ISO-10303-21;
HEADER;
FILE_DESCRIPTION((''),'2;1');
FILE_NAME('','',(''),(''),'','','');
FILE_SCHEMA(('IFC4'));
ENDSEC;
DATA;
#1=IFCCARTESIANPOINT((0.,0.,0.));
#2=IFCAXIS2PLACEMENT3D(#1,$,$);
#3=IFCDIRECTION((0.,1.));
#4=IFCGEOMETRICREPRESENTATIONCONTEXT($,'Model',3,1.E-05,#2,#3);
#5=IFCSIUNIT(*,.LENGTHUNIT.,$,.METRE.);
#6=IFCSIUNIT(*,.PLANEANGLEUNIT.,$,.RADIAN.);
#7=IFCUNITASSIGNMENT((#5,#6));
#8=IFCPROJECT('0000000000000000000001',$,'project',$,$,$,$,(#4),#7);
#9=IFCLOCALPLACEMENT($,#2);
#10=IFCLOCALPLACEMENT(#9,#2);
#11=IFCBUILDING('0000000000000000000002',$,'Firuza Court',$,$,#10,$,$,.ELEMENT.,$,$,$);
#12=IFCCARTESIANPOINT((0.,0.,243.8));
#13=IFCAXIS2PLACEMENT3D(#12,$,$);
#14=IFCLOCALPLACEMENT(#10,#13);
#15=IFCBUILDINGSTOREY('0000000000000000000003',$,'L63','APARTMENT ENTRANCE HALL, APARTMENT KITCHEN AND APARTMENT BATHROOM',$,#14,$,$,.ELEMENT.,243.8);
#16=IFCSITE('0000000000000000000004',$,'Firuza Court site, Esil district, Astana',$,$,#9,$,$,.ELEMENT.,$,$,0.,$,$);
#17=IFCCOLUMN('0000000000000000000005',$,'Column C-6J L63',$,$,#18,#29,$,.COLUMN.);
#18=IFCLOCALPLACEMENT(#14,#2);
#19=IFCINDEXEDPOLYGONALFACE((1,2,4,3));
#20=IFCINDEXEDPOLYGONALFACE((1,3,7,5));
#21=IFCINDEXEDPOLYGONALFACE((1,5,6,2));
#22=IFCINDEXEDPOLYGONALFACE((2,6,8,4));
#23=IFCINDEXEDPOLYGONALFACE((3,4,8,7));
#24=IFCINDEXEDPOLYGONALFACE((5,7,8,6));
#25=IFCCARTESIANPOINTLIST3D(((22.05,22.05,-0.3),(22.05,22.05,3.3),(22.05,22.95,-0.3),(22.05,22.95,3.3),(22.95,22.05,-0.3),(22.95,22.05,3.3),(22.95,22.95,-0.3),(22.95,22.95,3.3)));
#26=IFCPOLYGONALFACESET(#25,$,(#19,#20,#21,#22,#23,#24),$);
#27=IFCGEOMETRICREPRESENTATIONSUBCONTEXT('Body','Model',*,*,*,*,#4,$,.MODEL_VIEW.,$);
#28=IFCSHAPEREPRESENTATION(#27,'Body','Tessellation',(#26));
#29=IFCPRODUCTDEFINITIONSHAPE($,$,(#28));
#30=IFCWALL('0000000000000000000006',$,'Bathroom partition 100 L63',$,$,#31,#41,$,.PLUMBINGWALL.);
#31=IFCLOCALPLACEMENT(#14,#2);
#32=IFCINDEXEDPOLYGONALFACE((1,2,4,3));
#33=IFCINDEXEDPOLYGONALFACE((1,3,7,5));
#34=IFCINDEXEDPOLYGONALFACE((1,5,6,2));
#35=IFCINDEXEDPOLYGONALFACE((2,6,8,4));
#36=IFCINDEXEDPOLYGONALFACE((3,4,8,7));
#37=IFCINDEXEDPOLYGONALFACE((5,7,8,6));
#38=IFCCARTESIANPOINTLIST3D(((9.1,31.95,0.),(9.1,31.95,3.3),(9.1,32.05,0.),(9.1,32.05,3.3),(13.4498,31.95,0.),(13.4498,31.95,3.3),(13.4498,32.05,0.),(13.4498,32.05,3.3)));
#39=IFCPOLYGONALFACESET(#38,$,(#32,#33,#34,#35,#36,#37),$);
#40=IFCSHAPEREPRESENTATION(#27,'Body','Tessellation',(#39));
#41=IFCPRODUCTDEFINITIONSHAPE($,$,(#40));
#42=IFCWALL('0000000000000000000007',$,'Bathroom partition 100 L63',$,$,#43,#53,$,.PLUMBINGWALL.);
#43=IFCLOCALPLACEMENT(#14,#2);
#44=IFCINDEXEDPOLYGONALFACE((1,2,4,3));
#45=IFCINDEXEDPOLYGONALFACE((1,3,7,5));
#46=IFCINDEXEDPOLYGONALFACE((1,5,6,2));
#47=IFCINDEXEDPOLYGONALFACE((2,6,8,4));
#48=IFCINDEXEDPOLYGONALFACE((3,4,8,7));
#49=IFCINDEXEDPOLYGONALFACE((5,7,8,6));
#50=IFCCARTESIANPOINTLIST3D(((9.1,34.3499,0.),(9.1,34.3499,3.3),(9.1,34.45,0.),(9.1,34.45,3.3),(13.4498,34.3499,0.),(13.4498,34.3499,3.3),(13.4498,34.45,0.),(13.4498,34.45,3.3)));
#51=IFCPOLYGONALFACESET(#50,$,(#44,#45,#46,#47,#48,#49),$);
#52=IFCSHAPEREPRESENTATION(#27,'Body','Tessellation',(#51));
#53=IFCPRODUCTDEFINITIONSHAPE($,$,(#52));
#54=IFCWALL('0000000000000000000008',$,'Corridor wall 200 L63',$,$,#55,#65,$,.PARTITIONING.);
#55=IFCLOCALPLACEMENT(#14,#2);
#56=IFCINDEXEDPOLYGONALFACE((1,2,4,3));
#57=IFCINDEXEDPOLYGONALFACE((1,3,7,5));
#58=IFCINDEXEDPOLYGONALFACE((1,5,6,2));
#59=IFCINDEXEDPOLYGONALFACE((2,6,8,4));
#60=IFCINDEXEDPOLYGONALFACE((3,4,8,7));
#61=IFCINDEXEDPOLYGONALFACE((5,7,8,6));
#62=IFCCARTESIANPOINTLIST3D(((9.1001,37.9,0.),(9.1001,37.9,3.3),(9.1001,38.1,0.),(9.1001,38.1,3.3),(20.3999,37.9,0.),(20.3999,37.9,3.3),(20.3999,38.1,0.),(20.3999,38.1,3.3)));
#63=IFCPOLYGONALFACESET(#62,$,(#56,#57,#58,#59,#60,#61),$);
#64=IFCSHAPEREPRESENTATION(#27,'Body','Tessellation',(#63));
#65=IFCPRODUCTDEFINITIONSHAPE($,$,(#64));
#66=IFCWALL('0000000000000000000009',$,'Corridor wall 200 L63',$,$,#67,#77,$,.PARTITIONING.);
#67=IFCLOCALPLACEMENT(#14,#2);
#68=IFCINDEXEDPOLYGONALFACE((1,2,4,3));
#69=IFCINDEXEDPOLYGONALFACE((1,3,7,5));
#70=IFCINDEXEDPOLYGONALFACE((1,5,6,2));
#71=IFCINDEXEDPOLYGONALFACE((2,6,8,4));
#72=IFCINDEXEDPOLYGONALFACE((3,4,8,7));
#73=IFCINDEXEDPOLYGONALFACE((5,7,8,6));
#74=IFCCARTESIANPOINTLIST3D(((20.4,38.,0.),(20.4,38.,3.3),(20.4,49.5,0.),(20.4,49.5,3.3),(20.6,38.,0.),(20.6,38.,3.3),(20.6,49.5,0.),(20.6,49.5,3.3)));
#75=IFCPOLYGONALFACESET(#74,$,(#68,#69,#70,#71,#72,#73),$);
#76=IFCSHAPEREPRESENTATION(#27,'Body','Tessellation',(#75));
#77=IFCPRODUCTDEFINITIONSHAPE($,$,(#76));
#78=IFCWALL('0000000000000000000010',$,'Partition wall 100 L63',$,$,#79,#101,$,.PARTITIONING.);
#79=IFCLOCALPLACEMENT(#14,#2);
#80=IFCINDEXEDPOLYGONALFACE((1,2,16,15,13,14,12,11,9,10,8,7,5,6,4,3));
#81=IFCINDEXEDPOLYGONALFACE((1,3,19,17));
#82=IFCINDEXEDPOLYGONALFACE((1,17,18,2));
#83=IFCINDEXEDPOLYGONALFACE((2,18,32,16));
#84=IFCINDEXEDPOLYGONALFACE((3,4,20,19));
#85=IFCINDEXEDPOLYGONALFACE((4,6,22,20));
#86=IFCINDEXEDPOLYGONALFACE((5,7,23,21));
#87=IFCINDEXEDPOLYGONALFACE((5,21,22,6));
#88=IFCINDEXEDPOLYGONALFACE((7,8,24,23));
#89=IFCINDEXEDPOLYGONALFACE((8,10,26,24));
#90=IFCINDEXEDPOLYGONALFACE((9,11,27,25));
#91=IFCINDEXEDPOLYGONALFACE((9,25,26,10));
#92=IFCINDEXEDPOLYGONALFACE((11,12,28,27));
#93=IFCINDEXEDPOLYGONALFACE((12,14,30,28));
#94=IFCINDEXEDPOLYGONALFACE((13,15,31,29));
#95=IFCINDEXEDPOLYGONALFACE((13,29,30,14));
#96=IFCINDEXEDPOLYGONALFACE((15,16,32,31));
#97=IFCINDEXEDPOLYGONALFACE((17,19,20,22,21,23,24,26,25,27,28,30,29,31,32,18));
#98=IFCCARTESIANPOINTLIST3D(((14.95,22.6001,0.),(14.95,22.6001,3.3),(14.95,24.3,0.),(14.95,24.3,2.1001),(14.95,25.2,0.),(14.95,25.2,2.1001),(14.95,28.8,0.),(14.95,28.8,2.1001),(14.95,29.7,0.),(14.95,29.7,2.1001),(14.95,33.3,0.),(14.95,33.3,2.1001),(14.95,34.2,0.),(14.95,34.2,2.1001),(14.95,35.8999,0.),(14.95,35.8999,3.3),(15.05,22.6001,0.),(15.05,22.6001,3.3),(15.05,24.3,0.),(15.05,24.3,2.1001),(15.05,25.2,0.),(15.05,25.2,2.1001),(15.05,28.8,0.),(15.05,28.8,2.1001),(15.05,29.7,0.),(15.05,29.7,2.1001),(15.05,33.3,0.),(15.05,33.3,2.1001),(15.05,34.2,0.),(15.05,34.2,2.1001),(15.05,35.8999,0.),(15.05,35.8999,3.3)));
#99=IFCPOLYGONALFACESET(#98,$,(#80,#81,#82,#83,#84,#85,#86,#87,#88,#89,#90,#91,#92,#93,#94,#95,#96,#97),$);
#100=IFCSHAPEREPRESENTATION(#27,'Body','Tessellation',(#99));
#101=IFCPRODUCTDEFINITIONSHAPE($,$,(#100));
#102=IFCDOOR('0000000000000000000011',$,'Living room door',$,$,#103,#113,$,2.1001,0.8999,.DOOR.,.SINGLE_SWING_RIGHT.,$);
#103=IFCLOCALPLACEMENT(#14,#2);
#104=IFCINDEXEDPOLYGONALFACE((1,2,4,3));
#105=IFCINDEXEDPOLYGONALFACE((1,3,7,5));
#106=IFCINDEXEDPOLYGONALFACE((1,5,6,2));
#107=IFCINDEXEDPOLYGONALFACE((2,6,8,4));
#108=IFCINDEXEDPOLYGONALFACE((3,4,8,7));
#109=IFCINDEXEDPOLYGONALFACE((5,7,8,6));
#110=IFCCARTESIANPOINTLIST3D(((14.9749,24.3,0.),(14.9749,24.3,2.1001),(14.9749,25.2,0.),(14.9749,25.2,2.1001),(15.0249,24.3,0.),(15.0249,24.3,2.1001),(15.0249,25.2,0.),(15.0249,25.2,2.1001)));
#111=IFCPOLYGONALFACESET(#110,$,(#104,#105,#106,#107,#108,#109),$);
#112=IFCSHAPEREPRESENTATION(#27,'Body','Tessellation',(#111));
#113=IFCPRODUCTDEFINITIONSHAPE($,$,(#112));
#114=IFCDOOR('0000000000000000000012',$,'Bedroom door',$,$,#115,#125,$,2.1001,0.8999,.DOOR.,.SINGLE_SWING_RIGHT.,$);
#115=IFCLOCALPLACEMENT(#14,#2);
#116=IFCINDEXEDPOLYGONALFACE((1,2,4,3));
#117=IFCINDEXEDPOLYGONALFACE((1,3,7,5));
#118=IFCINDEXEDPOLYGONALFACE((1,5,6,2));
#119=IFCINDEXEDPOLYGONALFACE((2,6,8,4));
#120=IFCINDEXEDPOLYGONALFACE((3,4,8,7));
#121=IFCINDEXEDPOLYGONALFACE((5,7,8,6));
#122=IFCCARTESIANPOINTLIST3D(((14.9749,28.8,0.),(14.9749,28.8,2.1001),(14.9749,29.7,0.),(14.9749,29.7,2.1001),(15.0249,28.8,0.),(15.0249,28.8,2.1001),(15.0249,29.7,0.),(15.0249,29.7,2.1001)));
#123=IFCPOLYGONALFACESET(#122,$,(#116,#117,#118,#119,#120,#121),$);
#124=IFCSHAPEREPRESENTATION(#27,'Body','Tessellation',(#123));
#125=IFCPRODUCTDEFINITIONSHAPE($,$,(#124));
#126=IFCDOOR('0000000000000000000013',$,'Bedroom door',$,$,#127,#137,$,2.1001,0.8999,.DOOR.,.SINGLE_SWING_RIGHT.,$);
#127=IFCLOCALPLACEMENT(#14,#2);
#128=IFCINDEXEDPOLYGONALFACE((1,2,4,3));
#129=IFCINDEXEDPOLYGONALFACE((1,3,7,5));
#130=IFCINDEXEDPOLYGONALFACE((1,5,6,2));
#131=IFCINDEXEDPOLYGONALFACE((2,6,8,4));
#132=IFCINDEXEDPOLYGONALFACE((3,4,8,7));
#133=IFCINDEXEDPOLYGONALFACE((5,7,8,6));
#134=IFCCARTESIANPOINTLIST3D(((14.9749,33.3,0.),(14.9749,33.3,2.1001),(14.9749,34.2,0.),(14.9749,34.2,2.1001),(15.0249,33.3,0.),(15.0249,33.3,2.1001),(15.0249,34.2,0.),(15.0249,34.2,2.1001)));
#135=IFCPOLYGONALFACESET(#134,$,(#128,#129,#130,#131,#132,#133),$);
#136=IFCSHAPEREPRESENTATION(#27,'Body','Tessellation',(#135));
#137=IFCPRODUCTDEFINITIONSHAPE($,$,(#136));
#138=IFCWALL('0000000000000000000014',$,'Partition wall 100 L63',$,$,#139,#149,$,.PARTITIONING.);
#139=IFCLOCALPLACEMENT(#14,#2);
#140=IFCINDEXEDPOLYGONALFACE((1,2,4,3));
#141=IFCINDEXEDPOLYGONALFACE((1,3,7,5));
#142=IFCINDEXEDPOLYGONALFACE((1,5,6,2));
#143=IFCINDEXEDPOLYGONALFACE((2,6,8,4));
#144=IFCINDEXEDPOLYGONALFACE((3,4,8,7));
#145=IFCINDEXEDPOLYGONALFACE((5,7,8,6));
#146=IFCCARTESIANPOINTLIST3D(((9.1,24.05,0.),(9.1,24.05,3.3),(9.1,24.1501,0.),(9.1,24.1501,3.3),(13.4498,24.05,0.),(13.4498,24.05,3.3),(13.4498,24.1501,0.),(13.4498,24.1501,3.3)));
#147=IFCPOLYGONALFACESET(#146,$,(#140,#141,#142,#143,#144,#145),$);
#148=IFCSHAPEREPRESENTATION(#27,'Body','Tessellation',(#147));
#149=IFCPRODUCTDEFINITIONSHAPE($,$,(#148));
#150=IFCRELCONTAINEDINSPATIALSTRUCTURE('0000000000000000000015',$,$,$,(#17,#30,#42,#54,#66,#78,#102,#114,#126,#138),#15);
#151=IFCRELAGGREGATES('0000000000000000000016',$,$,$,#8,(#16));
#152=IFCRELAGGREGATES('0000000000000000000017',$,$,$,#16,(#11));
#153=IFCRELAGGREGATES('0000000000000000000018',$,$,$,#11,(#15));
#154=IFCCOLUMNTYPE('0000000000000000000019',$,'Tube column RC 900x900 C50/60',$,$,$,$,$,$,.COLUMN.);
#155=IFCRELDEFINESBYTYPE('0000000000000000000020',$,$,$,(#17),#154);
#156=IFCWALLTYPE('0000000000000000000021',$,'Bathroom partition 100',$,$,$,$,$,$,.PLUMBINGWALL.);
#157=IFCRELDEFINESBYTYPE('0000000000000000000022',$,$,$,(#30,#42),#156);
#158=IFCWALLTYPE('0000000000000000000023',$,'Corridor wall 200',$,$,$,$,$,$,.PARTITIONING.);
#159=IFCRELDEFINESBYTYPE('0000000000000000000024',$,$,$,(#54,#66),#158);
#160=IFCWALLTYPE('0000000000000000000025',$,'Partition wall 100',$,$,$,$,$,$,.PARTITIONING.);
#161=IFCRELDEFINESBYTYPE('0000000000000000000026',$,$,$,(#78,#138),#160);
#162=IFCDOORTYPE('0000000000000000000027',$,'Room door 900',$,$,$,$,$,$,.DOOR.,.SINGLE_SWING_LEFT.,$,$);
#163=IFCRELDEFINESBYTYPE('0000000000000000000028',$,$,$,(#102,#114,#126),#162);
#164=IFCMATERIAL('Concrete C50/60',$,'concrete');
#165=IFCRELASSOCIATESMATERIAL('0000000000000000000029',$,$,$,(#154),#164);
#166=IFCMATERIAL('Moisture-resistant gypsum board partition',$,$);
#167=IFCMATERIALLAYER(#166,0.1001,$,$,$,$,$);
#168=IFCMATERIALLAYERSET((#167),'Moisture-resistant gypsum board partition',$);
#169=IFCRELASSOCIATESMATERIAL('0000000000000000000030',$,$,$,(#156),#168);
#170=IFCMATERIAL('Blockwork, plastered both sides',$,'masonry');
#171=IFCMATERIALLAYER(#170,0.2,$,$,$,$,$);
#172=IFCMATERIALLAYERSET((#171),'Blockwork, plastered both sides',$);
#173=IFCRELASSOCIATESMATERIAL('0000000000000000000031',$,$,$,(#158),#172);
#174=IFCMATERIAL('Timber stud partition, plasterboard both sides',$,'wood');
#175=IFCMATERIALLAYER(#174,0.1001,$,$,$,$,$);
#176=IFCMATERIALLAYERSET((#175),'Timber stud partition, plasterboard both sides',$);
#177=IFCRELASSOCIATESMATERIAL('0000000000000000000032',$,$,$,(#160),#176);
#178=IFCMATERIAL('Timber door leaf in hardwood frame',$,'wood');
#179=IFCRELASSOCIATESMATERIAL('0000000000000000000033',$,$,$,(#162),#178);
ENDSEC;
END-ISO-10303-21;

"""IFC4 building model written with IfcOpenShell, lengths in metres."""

from ifc_helpers import new_model, si_unit, direction, frame, frame_2d, origin, origin_2d, place, context, subcontext, project, spatial, rectangle, extrude, material, layer, layer_set, material_profile, profile_set, type_object, element, fill, save


model = new_model("IFC4")

# Units and contexts
model_context = context("Model", 3, precision=1e-05, world=origin(), true_north=direction((0.0, 1.0)))
body_context = subcontext(model_context, "Body", "Model", "MODEL_VIEW")
ifc_project = project(units=[si_unit("LENGTHUNIT", "METRE"), si_unit("PLANEANGLEUNIT", "RADIAN")], contexts=[model_context])

# Site, building, storey
site_placement = place(None, origin())
site = spatial("IfcSite", under=ifc_project, at=site_placement, Name="Firuza Court site, Esil district, Astana", CompositionType="ELEMENT", RefElevation=0.0)
building_placement = place(site_placement, origin())
building = spatial("IfcBuilding", under=site, at=building_placement, Name="Firuza Court", CompositionType="ELEMENT")
storey_placement = place(building_placement, frame((0.0, 0.0, 243.8)))
storey = spatial("IfcBuildingStorey", under=building, at=storey_placement, Name="L63", Description="APARTMENT ENTRANCE HALL, APARTMENT KITCHEN AND APARTMENT BATHROOM", CompositionType="ELEMENT", Elevation=243.8)

# Column
ifc_material_1 = material(Name="Concrete C50/60", Category="concrete")
ifc_material_profile = material_profile(ifc_material_1, rectangle(XDim=0.8999, YDim=0.8999, at=origin_2d()), Name="RC 900x900")
ifc_profile_set = profile_set([ifc_material_profile], Name="Concrete C50/60")
column_type = type_object("IfcColumnType", Name="Tube column RC 900x900 C50/60", PredefinedType="COLUMN", material=ifc_profile_set)
column_placement = place(storey_placement, frame((22.5, 22.5, -0.3), z_axis=(0.0, 0.0, 1.0), x_axis=(1.0, 0.0, 0.0)))
element("IfcColumn", 1, at=column_placement, inside=storey, type_object=column_type, Name="Column C-6J L63", PredefinedType="COLUMN", context=body_context, shape_type="SweptSolid", body=[
    extrude(rectangle(XDim=0.8999, YDim=0.8999, at=origin_2d()), origin(), (0.0, 0.0, 1.0), 3.6001),
])

# Walls
ifc_material_2 = material(Name="Moisture-resistant gypsum board partition")
ifc_layer_1 = layer(ifc_material_2, 0.1001)
ifc_layer_set_1 = layer_set([ifc_layer_1], Name="Moisture-resistant gypsum board partition")
wall_type_1 = type_object("IfcWallType", Name="Bathroom partition 100", PredefinedType="PLUMBINGWALL", material=ifc_layer_set_1)
for number, where, z_axis, x_axis, name in (
    (2, (9.1001, 32.0, 0.0), (0.0, 0.0, 1.0), (1.0, 0.0, 0.0), "Bathroom partition 100 L63"),
    (3, (9.1001, 34.3999, 0.0), (0.0, 0.0, 1.0), (1.0, 0.0, 0.0), "Bathroom partition 100 L63"),
):
    element("IfcWall", number, at=place(storey_placement, frame(where, z_axis=z_axis, x_axis=x_axis)), inside=storey, type_object=wall_type_1, Name=name, PredefinedType="PLUMBINGWALL", context=body_context, shape_type="SweptSolid", body=[
        extrude(rectangle(XDim=4.3499, YDim=0.1001, at=frame_2d((2.1748, 0.0))), origin(), (0.0, 0.0, 1.0), 3.3),
    ])
ifc_material_3 = material(Name="Blockwork, plastered both sides", Category="masonry")
ifc_layer_2 = layer(ifc_material_3, 0.2)
ifc_layer_set_2 = layer_set([ifc_layer_2], Name="Blockwork, plastered both sides")
wall_type_2 = type_object("IfcWallType", Name="Corridor wall 200", PredefinedType="PARTITIONING", material=ifc_layer_set_2)
wall_1_placement = place(storey_placement, frame((9.1001, 38.0, 0.0), z_axis=(0.0, 0.0, 1.0), x_axis=(1.0, 0.0, 0.0)))
element("IfcWall", 4, at=wall_1_placement, inside=storey, type_object=wall_type_2, Name="Corridor wall 200 L63", PredefinedType="PARTITIONING", context=body_context, shape_type="SweptSolid", body=[
    extrude(rectangle(XDim=11.2998, YDim=0.2, at=frame_2d((5.6499, 0.0))), origin(), (0.0, 0.0, 1.0), 3.3),
])
wall_2_placement = place(storey_placement, frame((20.5, 38.0, 0.0), z_axis=(0.0, 0.0, 1.0), x_axis=(0.0, 1.0, 0.0)))
element("IfcWall", 5, at=wall_2_placement, inside=storey, type_object=wall_type_2, Name="Corridor wall 200 L63", PredefinedType="PARTITIONING", context=body_context, shape_type="SweptSolid", body=[
    extrude(rectangle(XDim=11.5, YDim=0.2, at=frame_2d((5.75, 0.0))), origin(), (0.0, 0.0, 1.0), 3.3),
])

# Wall, openings, doors
ifc_material_4 = material(Name="Timber stud partition, plasterboard both sides", Category="wood")
ifc_layer_3 = layer(ifc_material_4, 0.1001)
ifc_layer_set_3 = layer_set([ifc_layer_3], Name="Timber stud partition, plasterboard both sides")
wall_type_3 = type_object("IfcWallType", Name="Partition wall 100", PredefinedType="PARTITIONING", material=ifc_layer_set_3)
wall_3_placement = place(storey_placement, frame((15.0, 22.6001, 0.0), z_axis=(0.0, 0.0, 1.0), x_axis=(0.0, 1.0, 0.0)))
wall_3 = element("IfcWall", 6, at=wall_3_placement, inside=storey, type_object=wall_type_3, Name="Partition wall 100 L63", PredefinedType="PARTITIONING", context=body_context, shape_type="SweptSolid", body=[
    extrude(rectangle(XDim=13.2998, YDim=0.1001, at=frame_2d((6.6499, 0.0))), origin(), (0.0, 0.0, 1.0), 3.3),
])
opening_1_placement = place(wall_3_placement, frame((1.7, 0.0, 0.0)))
opening_1 = element("IfcOpeningElement", 7, at=opening_1_placement, cuts=wall_3, PredefinedType="OPENING", context=body_context, shape_type="SweptSolid", body=[
    extrude(rectangle(XDim=0.8999, YDim=2.1001, at=frame_2d((0.45, 1.05))), frame((0.0, 0.062, 0.0), z_axis=(0.0, -1.0, 0.0), x_axis=(1.0, 0.0, 0.0)), (0.0, 0.0, 1.0), 0.124),
])
opening_2_placement = place(wall_3_placement, frame((6.2, 0.0, 0.0)))
opening_2 = element("IfcOpeningElement", 8, at=opening_2_placement, cuts=wall_3, PredefinedType="OPENING", context=body_context, shape_type="SweptSolid", body=[
    extrude(rectangle(XDim=0.8999, YDim=2.1001, at=frame_2d((0.45, 1.05))), frame((0.0, 0.062, 0.0), z_axis=(0.0, -1.0, 0.0), x_axis=(1.0, 0.0, 0.0)), (0.0, 0.0, 1.0), 0.124),
])
opening_3_placement = place(wall_3_placement, frame((10.7, 0.0, 0.0)))
opening_3 = element("IfcOpeningElement", 9, at=opening_3_placement, cuts=wall_3, PredefinedType="OPENING", context=body_context, shape_type="SweptSolid", body=[
    extrude(rectangle(XDim=0.8999, YDim=2.1001, at=frame_2d((0.45, 1.05))), frame((0.0, 0.062, 0.0), z_axis=(0.0, -1.0, 0.0), x_axis=(1.0, 0.0, 0.0)), (0.0, 0.0, 1.0), 0.124),
])
ifc_material_5 = material(Name="Timber door leaf in hardwood frame", Category="wood")
door_type_1 = type_object("IfcDoorType", Name="Room door 900", OperationType="SINGLE_SWING_LEFT", PredefinedType="DOOR", material=ifc_material_5)
door_1_placement = place(opening_1_placement, frame((0.8999, 0.0, 0.0), z_axis=(0.0, 0.0, 1.0), x_axis=(-1.0, 0.0, 0.0)))
door_1 = element("IfcDoor", 10, at=door_1_placement, inside=storey, type_object=door_type_1, Name="Living room door", OperationType="SINGLE_SWING_RIGHT", OverallHeight=2.1001, OverallWidth=0.8999, PredefinedType="DOOR", context=body_context, shape_type="SweptSolid", body=[
    extrude(rectangle(XDim=0.8999, YDim=2.1001, at=frame_2d((0.45, 1.05))), frame((0.0, 0.0249, 0.0), z_axis=(0.0, -1.0, 0.0), x_axis=(1.0, 0.0, 0.0)), (0.0, 0.0, 1.0), 0.05),
])
fill(opening_1, door_1)
door_2_placement = place(opening_2_placement, frame((0.8999, 0.0, 0.0), z_axis=(0.0, 0.0, 1.0), x_axis=(-1.0, 0.0, 0.0)))
door_2 = element("IfcDoor", 11, at=door_2_placement, inside=storey, type_object=door_type_1, Name="Bedroom door", OperationType="SINGLE_SWING_RIGHT", OverallHeight=2.1001, OverallWidth=0.8999, PredefinedType="DOOR", context=body_context, shape_type="SweptSolid", body=[
    extrude(rectangle(XDim=0.8999, YDim=2.1001, at=frame_2d((0.45, 1.05))), frame((0.0, 0.0249, 0.0), z_axis=(0.0, -1.0, 0.0), x_axis=(1.0, 0.0, 0.0)), (0.0, 0.0, 1.0), 0.05),
])
fill(opening_2, door_2)
door_3_placement = place(opening_3_placement, frame((0.8999, 0.0, 0.0), z_axis=(0.0, 0.0, 1.0), x_axis=(-1.0, 0.0, 0.0)))
door_3 = element("IfcDoor", 12, at=door_3_placement, inside=storey, type_object=door_type_1, Name="Bedroom door", OperationType="SINGLE_SWING_RIGHT", OverallHeight=2.1001, OverallWidth=0.8999, PredefinedType="DOOR", context=body_context, shape_type="SweptSolid", body=[
    extrude(rectangle(XDim=0.8999, YDim=2.1001, at=frame_2d((0.45, 1.05))), frame((0.0, 0.0249, 0.0), z_axis=(0.0, -1.0, 0.0), x_axis=(1.0, 0.0, 0.0)), (0.0, 0.0, 1.0), 0.05),
])
fill(opening_3, door_3)

# Wall
wall_4_placement = place(storey_placement, frame((9.1001, 24.1001, 0.0), z_axis=(0.0, 0.0, 1.0), x_axis=(1.0, 0.0, 0.0)))
element("IfcWall", 13, at=wall_4_placement, inside=storey, type_object=wall_type_3, Name="Partition wall 100 L63", PredefinedType="PARTITIONING", context=body_context, shape_type="SweptSolid", body=[
    extrude(rectangle(XDim=4.3499, YDim=0.1001, at=frame_2d((2.1748, 0.0))), origin(), (0.0, 0.0, 1.0), 3.3),
])

save(model, "model.ifc")
